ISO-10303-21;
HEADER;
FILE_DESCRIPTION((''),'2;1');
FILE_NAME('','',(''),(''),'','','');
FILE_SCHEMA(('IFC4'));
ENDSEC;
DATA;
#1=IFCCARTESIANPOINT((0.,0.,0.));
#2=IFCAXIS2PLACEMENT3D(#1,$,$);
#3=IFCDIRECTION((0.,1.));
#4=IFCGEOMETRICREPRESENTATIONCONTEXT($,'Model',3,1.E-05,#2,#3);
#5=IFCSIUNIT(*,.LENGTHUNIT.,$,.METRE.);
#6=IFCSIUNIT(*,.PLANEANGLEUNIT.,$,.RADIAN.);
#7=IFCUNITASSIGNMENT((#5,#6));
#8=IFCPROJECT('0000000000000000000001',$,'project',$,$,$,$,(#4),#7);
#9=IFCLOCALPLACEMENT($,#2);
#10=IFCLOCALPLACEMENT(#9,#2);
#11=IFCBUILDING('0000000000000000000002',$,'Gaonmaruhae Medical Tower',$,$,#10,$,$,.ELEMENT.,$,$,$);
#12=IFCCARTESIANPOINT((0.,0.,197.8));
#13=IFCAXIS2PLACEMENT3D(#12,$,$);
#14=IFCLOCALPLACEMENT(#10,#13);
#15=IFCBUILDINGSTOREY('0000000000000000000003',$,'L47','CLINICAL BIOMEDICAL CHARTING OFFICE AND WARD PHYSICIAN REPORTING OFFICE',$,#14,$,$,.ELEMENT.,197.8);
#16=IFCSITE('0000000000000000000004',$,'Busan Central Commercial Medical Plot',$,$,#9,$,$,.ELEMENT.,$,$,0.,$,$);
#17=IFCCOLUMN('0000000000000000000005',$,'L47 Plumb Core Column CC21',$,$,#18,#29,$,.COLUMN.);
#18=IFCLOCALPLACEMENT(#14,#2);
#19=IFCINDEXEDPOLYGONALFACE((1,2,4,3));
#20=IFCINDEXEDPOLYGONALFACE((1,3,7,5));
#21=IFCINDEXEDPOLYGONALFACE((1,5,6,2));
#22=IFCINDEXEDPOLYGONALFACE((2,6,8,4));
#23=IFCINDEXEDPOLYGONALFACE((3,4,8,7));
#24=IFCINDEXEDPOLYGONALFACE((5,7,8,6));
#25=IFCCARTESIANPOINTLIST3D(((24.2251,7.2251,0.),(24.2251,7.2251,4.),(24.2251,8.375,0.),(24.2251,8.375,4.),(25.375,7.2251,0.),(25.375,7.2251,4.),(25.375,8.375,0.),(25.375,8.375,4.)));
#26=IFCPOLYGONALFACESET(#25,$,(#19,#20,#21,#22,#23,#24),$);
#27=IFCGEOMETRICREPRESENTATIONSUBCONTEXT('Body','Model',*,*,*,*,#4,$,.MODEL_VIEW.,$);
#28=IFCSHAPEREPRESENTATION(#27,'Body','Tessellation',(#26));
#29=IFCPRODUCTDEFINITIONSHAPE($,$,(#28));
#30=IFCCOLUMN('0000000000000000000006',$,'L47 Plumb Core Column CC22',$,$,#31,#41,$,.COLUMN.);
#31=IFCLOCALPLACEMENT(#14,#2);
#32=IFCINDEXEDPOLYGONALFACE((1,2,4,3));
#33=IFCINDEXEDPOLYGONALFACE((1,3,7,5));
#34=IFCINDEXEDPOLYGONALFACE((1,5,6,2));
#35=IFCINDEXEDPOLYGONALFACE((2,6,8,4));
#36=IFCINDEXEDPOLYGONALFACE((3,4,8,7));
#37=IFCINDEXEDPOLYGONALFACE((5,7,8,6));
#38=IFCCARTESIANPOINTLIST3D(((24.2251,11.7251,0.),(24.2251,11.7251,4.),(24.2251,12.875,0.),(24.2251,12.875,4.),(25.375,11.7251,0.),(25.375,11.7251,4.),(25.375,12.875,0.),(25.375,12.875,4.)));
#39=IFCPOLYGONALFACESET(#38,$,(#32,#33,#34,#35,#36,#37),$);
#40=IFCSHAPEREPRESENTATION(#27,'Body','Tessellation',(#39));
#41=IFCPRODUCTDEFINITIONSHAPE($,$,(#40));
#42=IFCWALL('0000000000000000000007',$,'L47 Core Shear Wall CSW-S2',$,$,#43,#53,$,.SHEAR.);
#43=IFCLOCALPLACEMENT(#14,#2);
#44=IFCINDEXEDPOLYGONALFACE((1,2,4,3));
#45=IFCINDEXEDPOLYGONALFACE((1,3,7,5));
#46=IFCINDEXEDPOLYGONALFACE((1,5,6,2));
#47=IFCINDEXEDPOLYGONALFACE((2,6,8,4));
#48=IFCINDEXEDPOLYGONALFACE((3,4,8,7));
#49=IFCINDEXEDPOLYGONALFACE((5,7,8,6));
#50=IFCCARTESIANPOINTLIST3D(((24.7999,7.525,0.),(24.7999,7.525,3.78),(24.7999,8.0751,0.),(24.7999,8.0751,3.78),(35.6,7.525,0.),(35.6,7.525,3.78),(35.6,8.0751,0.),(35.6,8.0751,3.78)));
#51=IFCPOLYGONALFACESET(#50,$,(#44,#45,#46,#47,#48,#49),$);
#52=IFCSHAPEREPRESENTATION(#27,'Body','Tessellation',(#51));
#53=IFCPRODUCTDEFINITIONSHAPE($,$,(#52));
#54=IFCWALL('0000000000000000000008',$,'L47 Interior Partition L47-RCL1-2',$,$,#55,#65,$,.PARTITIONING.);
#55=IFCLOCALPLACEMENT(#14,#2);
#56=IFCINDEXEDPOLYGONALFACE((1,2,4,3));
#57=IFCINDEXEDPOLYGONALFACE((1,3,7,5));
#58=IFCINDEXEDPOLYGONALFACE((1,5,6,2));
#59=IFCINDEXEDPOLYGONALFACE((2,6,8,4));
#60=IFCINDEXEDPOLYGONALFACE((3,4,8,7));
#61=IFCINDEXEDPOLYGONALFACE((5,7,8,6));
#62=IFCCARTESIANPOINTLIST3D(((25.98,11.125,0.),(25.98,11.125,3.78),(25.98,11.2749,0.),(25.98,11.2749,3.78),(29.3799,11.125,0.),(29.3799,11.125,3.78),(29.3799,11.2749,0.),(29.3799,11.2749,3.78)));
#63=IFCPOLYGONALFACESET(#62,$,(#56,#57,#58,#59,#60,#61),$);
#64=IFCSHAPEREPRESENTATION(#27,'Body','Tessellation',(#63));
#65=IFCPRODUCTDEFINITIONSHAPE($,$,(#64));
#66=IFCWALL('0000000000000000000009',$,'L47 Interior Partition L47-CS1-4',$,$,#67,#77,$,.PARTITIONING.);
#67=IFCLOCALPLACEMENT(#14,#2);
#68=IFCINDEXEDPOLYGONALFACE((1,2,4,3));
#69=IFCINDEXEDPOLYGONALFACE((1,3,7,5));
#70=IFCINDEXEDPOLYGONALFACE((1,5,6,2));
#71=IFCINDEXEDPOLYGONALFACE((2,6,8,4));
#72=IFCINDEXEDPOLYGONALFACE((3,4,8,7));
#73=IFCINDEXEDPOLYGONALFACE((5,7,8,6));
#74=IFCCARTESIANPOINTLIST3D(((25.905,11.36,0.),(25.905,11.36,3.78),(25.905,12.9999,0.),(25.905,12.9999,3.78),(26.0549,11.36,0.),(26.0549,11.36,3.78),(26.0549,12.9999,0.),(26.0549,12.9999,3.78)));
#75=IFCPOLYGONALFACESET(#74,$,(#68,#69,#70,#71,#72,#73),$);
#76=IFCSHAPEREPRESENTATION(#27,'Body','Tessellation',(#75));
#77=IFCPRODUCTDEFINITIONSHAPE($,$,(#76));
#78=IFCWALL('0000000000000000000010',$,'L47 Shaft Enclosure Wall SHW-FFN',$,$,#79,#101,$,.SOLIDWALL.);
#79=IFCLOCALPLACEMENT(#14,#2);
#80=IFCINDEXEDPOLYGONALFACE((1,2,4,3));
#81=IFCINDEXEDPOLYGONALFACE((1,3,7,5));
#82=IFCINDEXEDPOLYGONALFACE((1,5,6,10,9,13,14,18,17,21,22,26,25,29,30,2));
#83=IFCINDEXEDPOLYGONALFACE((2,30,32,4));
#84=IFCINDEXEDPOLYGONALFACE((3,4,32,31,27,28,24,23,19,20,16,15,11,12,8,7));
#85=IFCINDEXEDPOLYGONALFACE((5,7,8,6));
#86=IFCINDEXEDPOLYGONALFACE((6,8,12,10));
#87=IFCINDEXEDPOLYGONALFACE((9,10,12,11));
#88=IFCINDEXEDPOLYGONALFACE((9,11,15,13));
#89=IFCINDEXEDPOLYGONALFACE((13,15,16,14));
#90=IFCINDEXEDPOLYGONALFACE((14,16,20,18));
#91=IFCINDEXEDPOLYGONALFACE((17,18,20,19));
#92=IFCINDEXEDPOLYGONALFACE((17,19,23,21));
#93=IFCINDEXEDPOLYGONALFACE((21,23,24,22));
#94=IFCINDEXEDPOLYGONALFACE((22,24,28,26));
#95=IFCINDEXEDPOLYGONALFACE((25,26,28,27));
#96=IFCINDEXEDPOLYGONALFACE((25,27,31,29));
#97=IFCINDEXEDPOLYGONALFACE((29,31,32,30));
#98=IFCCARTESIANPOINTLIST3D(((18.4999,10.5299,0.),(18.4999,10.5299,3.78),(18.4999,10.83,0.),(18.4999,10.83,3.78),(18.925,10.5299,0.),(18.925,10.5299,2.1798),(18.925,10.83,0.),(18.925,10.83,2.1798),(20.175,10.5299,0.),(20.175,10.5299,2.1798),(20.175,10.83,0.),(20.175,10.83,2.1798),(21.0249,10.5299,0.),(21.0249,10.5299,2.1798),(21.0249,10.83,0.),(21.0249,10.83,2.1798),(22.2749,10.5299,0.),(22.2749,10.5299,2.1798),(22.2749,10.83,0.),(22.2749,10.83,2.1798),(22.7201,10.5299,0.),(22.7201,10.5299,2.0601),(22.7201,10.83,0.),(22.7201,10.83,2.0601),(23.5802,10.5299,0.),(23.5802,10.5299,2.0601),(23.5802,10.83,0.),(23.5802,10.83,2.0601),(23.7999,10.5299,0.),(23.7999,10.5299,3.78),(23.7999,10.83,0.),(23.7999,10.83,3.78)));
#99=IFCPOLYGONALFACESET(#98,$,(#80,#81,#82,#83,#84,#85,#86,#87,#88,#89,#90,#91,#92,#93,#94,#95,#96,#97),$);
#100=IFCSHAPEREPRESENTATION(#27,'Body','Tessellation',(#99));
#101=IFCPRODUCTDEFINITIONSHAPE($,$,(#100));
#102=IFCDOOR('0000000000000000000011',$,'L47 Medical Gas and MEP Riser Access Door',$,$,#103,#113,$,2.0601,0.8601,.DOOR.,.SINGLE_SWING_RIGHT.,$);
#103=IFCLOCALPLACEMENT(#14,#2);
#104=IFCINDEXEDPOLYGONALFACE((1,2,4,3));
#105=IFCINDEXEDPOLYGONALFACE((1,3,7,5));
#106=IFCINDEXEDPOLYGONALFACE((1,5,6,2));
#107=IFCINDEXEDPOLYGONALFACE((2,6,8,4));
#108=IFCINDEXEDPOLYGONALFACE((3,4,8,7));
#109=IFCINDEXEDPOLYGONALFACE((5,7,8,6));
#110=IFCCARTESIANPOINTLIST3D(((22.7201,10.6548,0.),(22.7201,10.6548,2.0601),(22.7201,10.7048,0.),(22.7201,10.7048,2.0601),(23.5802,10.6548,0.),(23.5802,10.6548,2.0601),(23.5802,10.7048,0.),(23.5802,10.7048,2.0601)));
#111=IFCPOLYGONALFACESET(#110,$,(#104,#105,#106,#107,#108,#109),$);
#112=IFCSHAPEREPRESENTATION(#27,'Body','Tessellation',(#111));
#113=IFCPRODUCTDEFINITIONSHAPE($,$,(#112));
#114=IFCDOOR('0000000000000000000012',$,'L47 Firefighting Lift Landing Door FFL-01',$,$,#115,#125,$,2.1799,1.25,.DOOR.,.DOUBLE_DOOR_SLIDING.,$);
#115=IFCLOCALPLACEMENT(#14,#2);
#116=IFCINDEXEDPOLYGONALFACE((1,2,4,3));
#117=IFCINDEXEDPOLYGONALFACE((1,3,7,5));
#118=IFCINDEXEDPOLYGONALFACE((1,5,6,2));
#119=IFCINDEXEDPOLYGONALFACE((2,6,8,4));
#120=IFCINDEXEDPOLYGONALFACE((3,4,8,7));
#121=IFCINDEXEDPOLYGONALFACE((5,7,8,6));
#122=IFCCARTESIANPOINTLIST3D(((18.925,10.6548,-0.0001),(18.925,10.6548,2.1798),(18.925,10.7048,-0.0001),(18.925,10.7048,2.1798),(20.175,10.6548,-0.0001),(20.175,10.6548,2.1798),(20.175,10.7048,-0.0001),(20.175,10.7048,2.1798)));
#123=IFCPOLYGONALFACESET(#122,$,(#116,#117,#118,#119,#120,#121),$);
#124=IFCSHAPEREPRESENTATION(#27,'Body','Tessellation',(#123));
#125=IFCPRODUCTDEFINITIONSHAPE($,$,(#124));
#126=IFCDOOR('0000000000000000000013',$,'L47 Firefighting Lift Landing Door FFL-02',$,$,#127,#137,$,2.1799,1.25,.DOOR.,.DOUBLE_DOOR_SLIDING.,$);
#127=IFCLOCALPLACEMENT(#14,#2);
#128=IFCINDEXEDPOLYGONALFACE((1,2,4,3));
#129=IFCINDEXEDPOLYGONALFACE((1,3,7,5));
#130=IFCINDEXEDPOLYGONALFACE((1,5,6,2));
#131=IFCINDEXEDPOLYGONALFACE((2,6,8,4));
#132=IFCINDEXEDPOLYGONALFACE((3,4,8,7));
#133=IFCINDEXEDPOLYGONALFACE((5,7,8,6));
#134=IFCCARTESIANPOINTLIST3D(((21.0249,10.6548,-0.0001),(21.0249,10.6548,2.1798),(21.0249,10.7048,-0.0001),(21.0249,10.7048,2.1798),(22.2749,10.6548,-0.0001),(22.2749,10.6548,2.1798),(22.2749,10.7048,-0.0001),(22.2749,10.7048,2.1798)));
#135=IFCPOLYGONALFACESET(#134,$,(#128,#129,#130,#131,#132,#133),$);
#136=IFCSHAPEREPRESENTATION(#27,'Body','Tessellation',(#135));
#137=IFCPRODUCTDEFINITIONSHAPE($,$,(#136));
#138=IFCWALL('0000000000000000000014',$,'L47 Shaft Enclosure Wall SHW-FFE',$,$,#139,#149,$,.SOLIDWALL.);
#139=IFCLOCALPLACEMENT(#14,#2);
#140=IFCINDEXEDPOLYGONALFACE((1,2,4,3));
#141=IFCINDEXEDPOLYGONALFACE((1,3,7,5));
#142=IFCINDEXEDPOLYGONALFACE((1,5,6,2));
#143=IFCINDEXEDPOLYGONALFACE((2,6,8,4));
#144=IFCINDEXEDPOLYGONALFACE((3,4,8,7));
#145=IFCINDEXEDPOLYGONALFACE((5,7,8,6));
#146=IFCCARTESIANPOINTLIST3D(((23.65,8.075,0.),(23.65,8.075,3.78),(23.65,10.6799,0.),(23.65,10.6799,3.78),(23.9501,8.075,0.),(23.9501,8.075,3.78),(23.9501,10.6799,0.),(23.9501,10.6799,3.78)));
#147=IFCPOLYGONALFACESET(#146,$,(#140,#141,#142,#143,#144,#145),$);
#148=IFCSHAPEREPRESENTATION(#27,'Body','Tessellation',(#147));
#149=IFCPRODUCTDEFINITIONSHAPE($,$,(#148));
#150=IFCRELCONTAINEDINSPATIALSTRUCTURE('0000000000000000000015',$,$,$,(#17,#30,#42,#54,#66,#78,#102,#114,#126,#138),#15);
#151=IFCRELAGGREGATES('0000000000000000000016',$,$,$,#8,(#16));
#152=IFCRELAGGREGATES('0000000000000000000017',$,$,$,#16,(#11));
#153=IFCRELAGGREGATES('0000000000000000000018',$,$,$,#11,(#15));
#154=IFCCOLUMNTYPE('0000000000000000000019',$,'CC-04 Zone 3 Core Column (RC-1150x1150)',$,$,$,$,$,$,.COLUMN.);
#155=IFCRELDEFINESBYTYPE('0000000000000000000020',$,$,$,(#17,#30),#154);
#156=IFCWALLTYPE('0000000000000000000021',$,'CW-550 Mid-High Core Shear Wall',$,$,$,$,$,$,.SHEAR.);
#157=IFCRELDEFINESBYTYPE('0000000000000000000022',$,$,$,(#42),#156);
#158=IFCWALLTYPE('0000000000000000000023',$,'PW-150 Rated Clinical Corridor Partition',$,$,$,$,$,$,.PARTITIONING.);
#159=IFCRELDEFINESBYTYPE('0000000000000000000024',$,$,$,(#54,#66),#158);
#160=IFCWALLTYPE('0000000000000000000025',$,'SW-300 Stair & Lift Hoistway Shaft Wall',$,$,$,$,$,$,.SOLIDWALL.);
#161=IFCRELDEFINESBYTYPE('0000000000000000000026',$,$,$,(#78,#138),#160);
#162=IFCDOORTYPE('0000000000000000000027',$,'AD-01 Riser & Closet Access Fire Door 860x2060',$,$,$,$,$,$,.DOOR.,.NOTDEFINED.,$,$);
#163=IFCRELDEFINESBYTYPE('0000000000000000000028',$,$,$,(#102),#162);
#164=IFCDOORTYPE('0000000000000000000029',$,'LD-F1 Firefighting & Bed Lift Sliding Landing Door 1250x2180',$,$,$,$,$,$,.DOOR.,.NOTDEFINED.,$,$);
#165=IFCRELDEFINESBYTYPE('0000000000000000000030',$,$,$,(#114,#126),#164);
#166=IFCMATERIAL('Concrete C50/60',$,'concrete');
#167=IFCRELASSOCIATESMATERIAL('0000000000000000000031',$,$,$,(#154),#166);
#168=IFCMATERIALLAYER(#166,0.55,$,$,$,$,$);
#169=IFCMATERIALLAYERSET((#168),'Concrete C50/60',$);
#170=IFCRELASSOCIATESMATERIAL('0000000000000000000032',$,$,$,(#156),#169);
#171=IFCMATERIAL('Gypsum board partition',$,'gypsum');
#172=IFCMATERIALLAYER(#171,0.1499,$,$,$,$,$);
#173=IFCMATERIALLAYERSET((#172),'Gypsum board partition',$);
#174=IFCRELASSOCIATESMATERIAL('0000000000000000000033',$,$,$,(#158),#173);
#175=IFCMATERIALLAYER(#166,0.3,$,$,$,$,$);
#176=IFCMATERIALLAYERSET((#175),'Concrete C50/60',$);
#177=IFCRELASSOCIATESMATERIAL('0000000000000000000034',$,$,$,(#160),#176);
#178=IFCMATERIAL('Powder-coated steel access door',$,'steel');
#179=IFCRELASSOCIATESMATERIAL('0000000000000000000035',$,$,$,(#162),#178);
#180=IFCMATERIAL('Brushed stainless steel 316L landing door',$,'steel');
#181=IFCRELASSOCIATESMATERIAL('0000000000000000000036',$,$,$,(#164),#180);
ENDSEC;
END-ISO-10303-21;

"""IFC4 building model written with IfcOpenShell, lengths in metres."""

from ifc_helpers import new_model, si_unit, direction, frame, frame_2d, origin, origin_2d, place, context, subcontext, project, spatial, rectangle, extrude, material, layer, layer_set, material_profile, profile_set, type_object, element, fill, save


model = new_model("IFC4")

# Units and contexts
model_context = context("Model", 3, precision=1e-05, world=origin(), true_north=direction((0.0, 1.0)))
body_context = subcontext(model_context, "Body", "Model", "MODEL_VIEW")
ifc_project = project(units=[si_unit("LENGTHUNIT", "METRE"), si_unit("PLANEANGLEUNIT", "RADIAN")], contexts=[model_context])

# Site, building, storey
site_placement = place(None, origin())
site = spatial("IfcSite", under=ifc_project, at=site_placement, Name="Busan Central Commercial Medical Plot", CompositionType="ELEMENT", RefElevation=0.0)
building_placement = place(site_placement, origin())
building = spatial("IfcBuilding", under=site, at=building_placement, Name="Gaonmaruhae Medical Tower", CompositionType="ELEMENT")
storey_placement = place(building_placement, frame((0.0, 0.0, 197.8)))
storey = spatial("IfcBuildingStorey", under=building, at=storey_placement, Name="L47", Description="CLINICAL BIOMEDICAL CHARTING OFFICE AND WARD PHYSICIAN REPORTING OFFICE", CompositionType="ELEMENT", Elevation=197.8)

# Columns
ifc_material_1 = material(Name="Concrete C50/60", Category="concrete")
ifc_material_profile = material_profile(ifc_material_1, rectangle(XDim=1.1499, YDim=1.1499, at=origin_2d()), Name="RC-1150x1150")
ifc_profile_set = profile_set([ifc_material_profile], Name="Concrete C50/60")
column_type = type_object("IfcColumnType", Name="CC-04 Zone 3 Core Column (RC-1150x1150)", PredefinedType="COLUMN", material=ifc_profile_set)
for number, where, z_axis, x_axis, name in (
    (1, (24.8, 7.8, 0.0), (0.0, 0.0, 1.0), (1.0, 0.0, 0.0), "L47 Plumb Core Column CC21"),
    (2, (24.8, 12.3, 0.0), (0.0, 0.0, 1.0), (1.0, 0.0, 0.0), "L47 Plumb Core Column CC22"),
):
    element("IfcColumn", number, at=place(storey_placement, frame(where, z_axis=z_axis, x_axis=x_axis)), inside=storey, type_object=column_type, Name=name, PredefinedType="COLUMN", context=body_context, shape_type="SweptSolid", body=[
        extrude(rectangle(XDim=1.1499, YDim=1.1499, at=origin_2d()), origin(), (0.0, 0.0, 1.0), 4.0),
    ])

# Wall
ifc_layer_1 = layer(ifc_material_1, 0.55)
ifc_layer_set_1 = layer_set([ifc_layer_1], Name="Concrete C50/60")
wall_type_1 = type_object("IfcWallType", Name="CW-550 Mid-High Core Shear Wall", PredefinedType="SHEAR", material=ifc_layer_set_1)
wall_1_placement = place(storey_placement, frame((24.8, 7.8, 0.0), z_axis=(0.0, 0.0, 1.0), x_axis=(1.0, 0.0, 0.0)))
element("IfcWall", 3, at=wall_1_placement, inside=storey, type_object=wall_type_1, Name="L47 Core Shear Wall CSW-S2", PredefinedType="SHEAR", context=body_context, shape_type="SweptSolid", body=[
    extrude(rectangle(XDim=10.8, YDim=0.55, at=frame_2d((5.3999, 0.0))), origin(), (0.0, 0.0, 1.0), 3.78),
])

# Shared definitions
ifc_material_2 = material(Name="Gypsum board partition", Category="gypsum")
ifc_layer_2 = layer(ifc_material_2, 0.1499)
ifc_layer_set_2 = layer_set([ifc_layer_2], Name="Gypsum board partition")
wall_type_2 = type_object("IfcWallType", Name="PW-150 Rated Clinical Corridor Partition", PredefinedType="PARTITIONING", material=ifc_layer_set_2)

# Walls
wall_2_placement = place(storey_placement, frame((25.98, 11.2, 0.0), z_axis=(0.0, 0.0, 1.0), x_axis=(1.0, 0.0, 0.0)))
element("IfcWall", 4, at=wall_2_placement, inside=storey, type_object=wall_type_2, Name="L47 Interior Partition L47-RCL1-2", PredefinedType="PARTITIONING", context=body_context, shape_type="SweptSolid", body=[
    extrude(rectangle(XDim=3.3999, YDim=0.1499, at=frame_2d((1.7, 0.0))), origin(), (0.0, 0.0, 1.0), 3.78),
])
wall_3_placement = place(storey_placement, frame((25.98, 11.3601, 0.0), z_axis=(0.0, 0.0, 1.0), x_axis=(0.0, 1.0, 0.0)))
element("IfcWall", 5, at=wall_3_placement, inside=storey, type_object=wall_type_2, Name="L47 Interior Partition L47-CS1-4", PredefinedType="PARTITIONING", context=body_context, shape_type="SweptSolid", body=[
    extrude(rectangle(XDim=1.6399, YDim=0.1499, at=frame_2d((0.8198, 0.0))), origin(), (0.0, 0.0, 1.0), 3.78),
])

# Wall, openings, doors
ifc_layer_3 = layer(ifc_material_1, 0.3)
ifc_layer_set_3 = layer_set([ifc_layer_3], Name="Concrete C50/60")
wall_type_3 = type_object("IfcWallType", Name="SW-300 Stair & Lift Hoistway Shaft Wall", PredefinedType="SOLIDWALL", material=ifc_layer_set_3)
wall_4_placement = place(storey_placement, frame((18.5, 10.6799, 0.0), z_axis=(0.0, 0.0, 1.0), x_axis=(1.0, 0.0, 0.0)))
wall_4 = element("IfcWall", 6, at=wall_4_placement, inside=storey, type_object=wall_type_3, Name="L47 Shaft Enclosure Wall SHW-FFN", PredefinedType="SOLIDWALL", context=body_context, shape_type="SweptSolid", body=[
    extrude(rectangle(XDim=5.3, YDim=0.3, at=frame_2d((2.6499, 0.0))), origin(), (0.0, 0.0, 1.0), 3.78),
])
opening_1_placement = place(wall_4_placement, frame((4.22, 0.0, 0.0)))
opening_1 = element("IfcOpeningElement", 7, at=opening_1_placement, cuts=wall_4, PredefinedType="OPENING", context=body_context, shape_type="SweptSolid", body=[
    extrude(rectangle(XDim=0.8601, YDim=2.0601, at=frame_2d((0.4302, 1.03))), frame((0.0, 0.1602, 0.0), z_axis=(0.0, -1.0, 0.0), x_axis=(1.0, 0.0, 0.0)), (0.0, 0.0, 1.0), 0.3201),
])
opening_2_placement = place(wall_4_placement, frame((0.425, 0.0, 0.0)))
opening_2 = element("IfcOpeningElement", 8, at=opening_2_placement, cuts=wall_4, PredefinedType="OPENING", context=body_context, shape_type="SweptSolid", body=[
    extrude(rectangle(XDim=1.25, YDim=2.1799, at=frame_2d((0.625, 1.0898))), frame((0.0, 0.1602, 0.0), z_axis=(0.0, -1.0, 0.0), x_axis=(1.0, 0.0, 0.0)), (0.0, 0.0, 1.0), 0.3201),
])
opening_3_placement = place(wall_4_placement, frame((2.5249, 0.0, 0.0)))
opening_3 = element("IfcOpeningElement", 9, at=opening_3_placement, cuts=wall_4, PredefinedType="OPENING", context=body_context, shape_type="SweptSolid", body=[
    extrude(rectangle(XDim=1.25, YDim=2.1799, at=frame_2d((0.625, 1.0898))), frame((0.0, 0.1602, 0.0), z_axis=(0.0, -1.0, 0.0), x_axis=(1.0, 0.0, 0.0)), (0.0, 0.0, 1.0), 0.3201),
])
ifc_material_3 = material(Name="Powder-coated steel access door", Category="steel")
door_type_1 = type_object("IfcDoorType", Name="AD-01 Riser & Closet Access Fire Door 860x2060", OperationType="NOTDEFINED", PredefinedType="DOOR", material=ifc_material_3)
door_1_placement = place(opening_1_placement, origin())
door_1 = element("IfcDoor", 10, at=door_1_placement, inside=storey, type_object=door_type_1, Name="L47 Medical Gas and MEP Riser Access Door", OperationType="SINGLE_SWING_RIGHT", OverallHeight=2.0601, OverallWidth=0.8601, PredefinedType="DOOR", context=body_context, shape_type="SweptSolid", body=[
    extrude(rectangle(XDim=0.8601, YDim=2.0601, at=frame_2d((0.4302, 1.03))), frame((0.0, 0.0249, 0.0), z_axis=(0.0, -1.0, 0.0), x_axis=(1.0, 0.0, 0.0)), (0.0, 0.0, 1.0), 0.05),
])
fill(opening_1, door_1)
ifc_material_4 = material(Name="Brushed stainless steel 316L landing door", Category="steel")
door_type_2 = type_object("IfcDoorType", Name="LD-F1 Firefighting & Bed Lift Sliding Landing Door 1250x2180", OperationType="NOTDEFINED", PredefinedType="DOOR", material=ifc_material_4)
door_2_placement = place(opening_2_placement, origin())
door_2 = element("IfcDoor", 11, at=door_2_placement, inside=storey, type_object=door_type_2, Name="L47 Firefighting Lift Landing Door FFL-01", OperationType="DOUBLE_DOOR_SLIDING", OverallHeight=2.1799, OverallWidth=1.25, PredefinedType="DOOR", context=body_context, shape_type="SweptSolid", body=[
    extrude(rectangle(XDim=1.25, YDim=2.1799, at=frame_2d((0.625, 1.0898))), frame((0.0, 0.0249, 0.0), z_axis=(0.0, -1.0, 0.0), x_axis=(1.0, 0.0, 0.0)), (0.0, 0.0, 1.0), 0.05),
])
fill(opening_2, door_2)
door_3_placement = place(opening_3_placement, origin())
door_3 = element("IfcDoor", 12, at=door_3_placement, inside=storey, type_object=door_type_2, Name="L47 Firefighting Lift Landing Door FFL-02", OperationType="DOUBLE_DOOR_SLIDING", OverallHeight=2.1799, OverallWidth=1.25, PredefinedType="DOOR", context=body_context, shape_type="SweptSolid", body=[
    extrude(rectangle(XDim=1.25, YDim=2.1799, at=frame_2d((0.625, 1.0898))), frame((0.0, 0.0249, 0.0), z_axis=(0.0, -1.0, 0.0), x_axis=(1.0, 0.0, 0.0)), (0.0, 0.0, 1.0), 0.05),
])
fill(opening_3, door_3)

# Wall
wall_5_placement = place(storey_placement, frame((23.8, 8.075, 0.0), z_axis=(0.0, 0.0, 1.0), x_axis=(0.0, 1.0, 0.0)))
element("IfcWall", 13, at=wall_5_placement, inside=storey, type_object=wall_type_3, Name="L47 Shaft Enclosure Wall SHW-FFE", PredefinedType="SOLIDWALL", context=body_context, shape_type="SweptSolid", body=[
    extrude(rectangle(XDim=2.605, YDim=0.3, at=frame_2d((1.3025, 0.0))), origin(), (0.0, 0.0, 1.0), 3.78),
])

save(model, "model.ifc")
